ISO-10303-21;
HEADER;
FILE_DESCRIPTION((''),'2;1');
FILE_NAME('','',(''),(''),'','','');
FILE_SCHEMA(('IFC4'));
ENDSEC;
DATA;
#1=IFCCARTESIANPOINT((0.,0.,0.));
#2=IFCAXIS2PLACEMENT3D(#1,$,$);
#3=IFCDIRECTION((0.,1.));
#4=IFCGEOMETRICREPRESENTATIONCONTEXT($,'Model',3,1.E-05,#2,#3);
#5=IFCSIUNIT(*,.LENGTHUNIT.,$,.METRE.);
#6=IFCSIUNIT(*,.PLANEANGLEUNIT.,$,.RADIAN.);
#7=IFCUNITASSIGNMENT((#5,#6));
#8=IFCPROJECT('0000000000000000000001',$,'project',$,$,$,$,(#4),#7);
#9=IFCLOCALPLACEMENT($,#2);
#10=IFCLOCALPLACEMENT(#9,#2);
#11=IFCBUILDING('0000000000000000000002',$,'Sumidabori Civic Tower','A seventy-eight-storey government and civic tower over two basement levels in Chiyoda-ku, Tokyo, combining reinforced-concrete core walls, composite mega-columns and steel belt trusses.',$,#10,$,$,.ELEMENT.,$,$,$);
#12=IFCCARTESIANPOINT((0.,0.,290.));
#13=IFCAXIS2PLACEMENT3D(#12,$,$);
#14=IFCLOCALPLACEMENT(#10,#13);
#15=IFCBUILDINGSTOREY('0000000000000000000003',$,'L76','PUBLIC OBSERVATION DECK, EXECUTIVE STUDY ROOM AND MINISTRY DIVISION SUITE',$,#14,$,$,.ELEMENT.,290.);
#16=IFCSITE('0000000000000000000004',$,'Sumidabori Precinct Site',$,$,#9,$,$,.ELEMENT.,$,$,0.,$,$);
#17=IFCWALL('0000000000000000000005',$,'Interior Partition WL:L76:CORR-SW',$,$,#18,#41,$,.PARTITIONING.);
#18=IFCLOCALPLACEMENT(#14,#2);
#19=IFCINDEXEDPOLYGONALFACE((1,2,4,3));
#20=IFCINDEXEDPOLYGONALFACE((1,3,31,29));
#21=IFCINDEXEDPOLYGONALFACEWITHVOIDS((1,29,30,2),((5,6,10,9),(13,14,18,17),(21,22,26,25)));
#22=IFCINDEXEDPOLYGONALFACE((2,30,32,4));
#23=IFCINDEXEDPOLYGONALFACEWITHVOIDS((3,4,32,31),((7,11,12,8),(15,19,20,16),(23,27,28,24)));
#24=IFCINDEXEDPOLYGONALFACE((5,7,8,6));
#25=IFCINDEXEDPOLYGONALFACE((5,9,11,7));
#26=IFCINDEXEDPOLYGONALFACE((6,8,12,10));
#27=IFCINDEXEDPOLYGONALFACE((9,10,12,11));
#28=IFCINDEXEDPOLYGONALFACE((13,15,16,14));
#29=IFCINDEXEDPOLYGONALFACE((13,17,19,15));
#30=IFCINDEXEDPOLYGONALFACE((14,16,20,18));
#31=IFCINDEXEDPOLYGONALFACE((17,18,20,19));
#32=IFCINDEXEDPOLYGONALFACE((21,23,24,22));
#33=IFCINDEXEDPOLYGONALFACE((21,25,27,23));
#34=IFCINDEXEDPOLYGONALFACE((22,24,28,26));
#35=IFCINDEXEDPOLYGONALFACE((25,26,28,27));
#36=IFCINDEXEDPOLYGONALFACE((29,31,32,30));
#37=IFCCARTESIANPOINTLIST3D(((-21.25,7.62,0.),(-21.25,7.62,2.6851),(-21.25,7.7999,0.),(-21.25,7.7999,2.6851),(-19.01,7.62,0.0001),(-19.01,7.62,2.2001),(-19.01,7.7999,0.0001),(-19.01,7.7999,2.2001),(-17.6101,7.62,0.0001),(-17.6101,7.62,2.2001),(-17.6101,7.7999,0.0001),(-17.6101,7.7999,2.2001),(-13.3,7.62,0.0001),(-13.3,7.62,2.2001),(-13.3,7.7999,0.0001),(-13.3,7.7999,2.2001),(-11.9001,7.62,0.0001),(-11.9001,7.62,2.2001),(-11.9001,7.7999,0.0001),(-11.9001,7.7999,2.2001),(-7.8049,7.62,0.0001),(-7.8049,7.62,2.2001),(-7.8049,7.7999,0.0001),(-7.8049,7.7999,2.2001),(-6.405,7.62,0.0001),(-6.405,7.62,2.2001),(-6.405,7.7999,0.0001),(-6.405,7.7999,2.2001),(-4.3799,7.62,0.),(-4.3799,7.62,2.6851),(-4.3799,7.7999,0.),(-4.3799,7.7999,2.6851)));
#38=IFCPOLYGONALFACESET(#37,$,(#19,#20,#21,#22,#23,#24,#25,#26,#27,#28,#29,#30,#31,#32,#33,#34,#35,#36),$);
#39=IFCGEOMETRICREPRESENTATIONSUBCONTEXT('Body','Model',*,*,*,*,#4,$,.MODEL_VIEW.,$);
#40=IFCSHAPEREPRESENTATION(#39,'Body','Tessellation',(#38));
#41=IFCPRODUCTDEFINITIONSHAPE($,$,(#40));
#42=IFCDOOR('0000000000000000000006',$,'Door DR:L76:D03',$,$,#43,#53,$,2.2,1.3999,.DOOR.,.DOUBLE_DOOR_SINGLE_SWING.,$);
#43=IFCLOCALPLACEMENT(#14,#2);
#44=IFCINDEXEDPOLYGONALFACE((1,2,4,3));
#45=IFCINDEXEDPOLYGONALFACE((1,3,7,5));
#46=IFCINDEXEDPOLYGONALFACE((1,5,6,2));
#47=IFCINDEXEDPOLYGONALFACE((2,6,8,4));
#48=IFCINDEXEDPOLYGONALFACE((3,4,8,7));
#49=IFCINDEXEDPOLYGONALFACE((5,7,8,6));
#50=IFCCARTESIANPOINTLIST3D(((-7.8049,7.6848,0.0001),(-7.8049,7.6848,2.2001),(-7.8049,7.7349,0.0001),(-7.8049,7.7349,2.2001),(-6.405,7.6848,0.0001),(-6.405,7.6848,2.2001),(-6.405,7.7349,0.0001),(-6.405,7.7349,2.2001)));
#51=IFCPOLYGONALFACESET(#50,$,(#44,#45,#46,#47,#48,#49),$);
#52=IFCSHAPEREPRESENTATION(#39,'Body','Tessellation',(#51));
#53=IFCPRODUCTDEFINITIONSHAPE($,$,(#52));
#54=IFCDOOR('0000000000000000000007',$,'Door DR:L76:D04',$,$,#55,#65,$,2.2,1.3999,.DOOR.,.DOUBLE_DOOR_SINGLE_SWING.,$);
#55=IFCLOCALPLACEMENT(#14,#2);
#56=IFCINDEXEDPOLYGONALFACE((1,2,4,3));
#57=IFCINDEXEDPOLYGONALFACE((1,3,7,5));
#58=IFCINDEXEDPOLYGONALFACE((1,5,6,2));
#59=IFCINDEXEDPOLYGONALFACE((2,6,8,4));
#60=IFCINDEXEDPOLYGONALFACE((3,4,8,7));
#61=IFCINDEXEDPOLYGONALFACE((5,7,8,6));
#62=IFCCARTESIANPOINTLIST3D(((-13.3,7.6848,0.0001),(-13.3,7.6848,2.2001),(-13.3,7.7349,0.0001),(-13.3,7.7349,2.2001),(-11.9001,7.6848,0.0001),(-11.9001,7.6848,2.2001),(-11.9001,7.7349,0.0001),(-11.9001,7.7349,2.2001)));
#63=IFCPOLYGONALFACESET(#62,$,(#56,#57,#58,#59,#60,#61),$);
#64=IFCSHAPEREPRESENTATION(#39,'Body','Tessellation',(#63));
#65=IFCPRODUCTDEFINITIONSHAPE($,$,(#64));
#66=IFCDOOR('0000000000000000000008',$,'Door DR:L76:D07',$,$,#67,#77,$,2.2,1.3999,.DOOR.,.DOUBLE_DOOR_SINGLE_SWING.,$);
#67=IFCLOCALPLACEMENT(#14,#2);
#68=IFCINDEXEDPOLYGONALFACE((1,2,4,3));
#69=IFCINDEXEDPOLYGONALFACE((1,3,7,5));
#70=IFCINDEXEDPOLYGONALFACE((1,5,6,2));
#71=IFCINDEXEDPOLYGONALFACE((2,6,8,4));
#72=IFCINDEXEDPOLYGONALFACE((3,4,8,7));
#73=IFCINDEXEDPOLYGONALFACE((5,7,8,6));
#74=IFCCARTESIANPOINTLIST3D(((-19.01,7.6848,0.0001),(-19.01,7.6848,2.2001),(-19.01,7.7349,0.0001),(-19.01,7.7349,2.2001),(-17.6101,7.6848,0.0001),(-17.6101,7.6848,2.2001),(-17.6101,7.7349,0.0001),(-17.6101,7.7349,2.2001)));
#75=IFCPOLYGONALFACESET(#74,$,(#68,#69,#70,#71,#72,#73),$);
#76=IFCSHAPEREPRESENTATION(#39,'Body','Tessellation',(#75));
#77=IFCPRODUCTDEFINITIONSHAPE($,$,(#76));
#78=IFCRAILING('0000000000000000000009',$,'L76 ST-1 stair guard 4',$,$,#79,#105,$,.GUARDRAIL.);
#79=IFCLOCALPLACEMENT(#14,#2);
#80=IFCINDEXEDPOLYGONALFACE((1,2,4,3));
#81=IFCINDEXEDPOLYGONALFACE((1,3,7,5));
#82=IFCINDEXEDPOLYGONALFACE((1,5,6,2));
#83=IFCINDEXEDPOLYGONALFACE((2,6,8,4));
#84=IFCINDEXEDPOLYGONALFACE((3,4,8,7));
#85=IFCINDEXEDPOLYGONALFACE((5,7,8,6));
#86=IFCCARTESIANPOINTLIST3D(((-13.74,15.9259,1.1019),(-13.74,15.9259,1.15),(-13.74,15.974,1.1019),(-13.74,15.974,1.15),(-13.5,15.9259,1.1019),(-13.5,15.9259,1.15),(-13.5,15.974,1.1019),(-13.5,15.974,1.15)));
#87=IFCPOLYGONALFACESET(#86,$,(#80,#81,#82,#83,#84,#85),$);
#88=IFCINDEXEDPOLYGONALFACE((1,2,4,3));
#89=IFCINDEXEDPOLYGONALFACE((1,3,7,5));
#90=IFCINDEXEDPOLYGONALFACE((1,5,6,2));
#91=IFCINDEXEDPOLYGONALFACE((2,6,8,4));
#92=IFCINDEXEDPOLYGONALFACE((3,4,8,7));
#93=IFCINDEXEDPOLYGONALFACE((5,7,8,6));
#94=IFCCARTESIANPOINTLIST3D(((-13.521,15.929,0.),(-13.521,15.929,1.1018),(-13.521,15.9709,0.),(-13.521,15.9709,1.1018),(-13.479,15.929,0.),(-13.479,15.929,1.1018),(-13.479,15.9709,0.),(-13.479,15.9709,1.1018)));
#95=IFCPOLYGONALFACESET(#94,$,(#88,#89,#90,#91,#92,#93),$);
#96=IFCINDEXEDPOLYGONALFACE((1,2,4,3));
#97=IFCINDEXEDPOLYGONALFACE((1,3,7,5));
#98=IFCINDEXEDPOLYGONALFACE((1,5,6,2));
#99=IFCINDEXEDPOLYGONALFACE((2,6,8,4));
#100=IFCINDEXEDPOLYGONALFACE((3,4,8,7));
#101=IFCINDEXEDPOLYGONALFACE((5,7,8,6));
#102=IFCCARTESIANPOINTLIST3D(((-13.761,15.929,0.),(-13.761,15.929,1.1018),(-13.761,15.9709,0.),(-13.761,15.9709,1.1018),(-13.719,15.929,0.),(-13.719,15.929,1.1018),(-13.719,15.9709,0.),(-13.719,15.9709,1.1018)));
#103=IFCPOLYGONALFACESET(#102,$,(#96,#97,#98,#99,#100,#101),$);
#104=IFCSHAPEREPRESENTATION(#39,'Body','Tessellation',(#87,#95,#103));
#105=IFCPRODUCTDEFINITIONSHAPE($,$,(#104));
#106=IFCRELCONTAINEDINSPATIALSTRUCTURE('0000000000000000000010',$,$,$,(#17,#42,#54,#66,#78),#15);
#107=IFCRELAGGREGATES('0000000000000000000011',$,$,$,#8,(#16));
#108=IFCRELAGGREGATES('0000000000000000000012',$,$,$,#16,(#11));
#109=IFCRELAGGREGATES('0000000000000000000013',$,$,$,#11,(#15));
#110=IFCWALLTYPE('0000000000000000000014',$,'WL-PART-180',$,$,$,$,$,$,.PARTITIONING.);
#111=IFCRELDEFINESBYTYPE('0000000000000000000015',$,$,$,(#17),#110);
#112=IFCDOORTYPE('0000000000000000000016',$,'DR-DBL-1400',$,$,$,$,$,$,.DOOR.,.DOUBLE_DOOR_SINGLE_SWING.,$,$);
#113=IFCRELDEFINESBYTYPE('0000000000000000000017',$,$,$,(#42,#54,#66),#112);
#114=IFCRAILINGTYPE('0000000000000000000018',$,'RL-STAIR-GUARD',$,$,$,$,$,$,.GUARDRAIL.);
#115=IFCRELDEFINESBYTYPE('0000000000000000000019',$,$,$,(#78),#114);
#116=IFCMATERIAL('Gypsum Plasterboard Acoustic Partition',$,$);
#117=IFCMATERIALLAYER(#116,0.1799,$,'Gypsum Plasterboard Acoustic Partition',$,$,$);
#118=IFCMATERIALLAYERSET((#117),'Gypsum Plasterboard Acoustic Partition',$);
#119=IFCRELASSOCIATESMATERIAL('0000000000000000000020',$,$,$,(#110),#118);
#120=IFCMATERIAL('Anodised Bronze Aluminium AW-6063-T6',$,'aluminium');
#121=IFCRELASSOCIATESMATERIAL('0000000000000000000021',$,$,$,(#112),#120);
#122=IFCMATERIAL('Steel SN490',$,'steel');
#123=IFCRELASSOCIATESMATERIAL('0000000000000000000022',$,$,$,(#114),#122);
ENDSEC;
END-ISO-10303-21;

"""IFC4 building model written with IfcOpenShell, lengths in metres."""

from ifc_helpers import new_model, si_unit, direction, frame, frame_2d, origin, origin_2d, place, context, subcontext, project, spatial, rectangle, extrude, source, transform, mapped, material, layer, layer_set, type_object, element, fill, save


model = new_model("IFC4")

# Units and contexts
model_context = context("Model", 3, precision=1e-05, world=origin(), true_north=direction((0.0, 1.0)))
body_context = subcontext(model_context, "Body", "Model", "MODEL_VIEW")
ifc_project = project(units=[si_unit("LENGTHUNIT", "METRE"), si_unit("PLANEANGLEUNIT", "RADIAN")], contexts=[model_context])

# Site, building, storey
site_placement = place(None, origin())
site = spatial("IfcSite", under=ifc_project, at=site_placement, Name="Sumidabori Precinct Site", CompositionType="ELEMENT", RefElevation=0.0)
building_placement = place(site_placement, origin())
building = spatial("IfcBuilding", under=site, at=building_placement, Name="Sumidabori Civic Tower", Description="A seventy-eight-storey government and civic tower over two basement levels in Chiyoda-ku, Tokyo, combining reinforced-concrete core walls, composite mega-columns and steel belt trusses.", CompositionType="ELEMENT")
storey_placement = place(building_placement, frame((0.0, 0.0, 290.0)))
storey = spatial("IfcBuildingStorey", under=building, at=storey_placement, Name="L76", Description="PUBLIC OBSERVATION DECK, EXECUTIVE STUDY ROOM AND MINISTRY DIVISION SUITE", CompositionType="ELEMENT", Elevation=290.0)

# Shared definitions
ifc_material_1 = material(Name="Steel SN490", Category="steel")

# Shared definitions
ifc_material_2 = material(Name="Anodised Bronze Aluminium AW-6063-T6", Category="aluminium")

# Shared definitions
ifc_material_3 = material(Name="Gypsum Plasterboard Acoustic Partition")
ifc_layer_1 = layer(ifc_material_3, 0.1799, Name="Gypsum Plasterboard Acoustic Partition")
ifc_layer_set_1 = layer_set([ifc_layer_1], Name="Gypsum Plasterboard Acoustic Partition")
wall_type_1 = type_object("IfcWallType", Name="WL-PART-180", PredefinedType="PARTITIONING", material=ifc_layer_set_1)

# Wall, openings, doors
shared_shape_1 = source(origin(), body_context, "Body", "SweptSolid", [
    extrude(rectangle(XDim=16.8701, YDim=0.1799, at=frame_2d((8.4351, 0.0))), origin(), (0.0, 0.0, 1.0), 2.6851),
])
wall_1_placement = place(storey_placement, frame((-21.25, 7.71, 0.0), z_axis=(0.0, 0.0, 1.0), x_axis=(1.0, 0.0, 0.0)))
wall_1 = element("IfcWall", 1, at=wall_1_placement, inside=storey, type_object=wall_type_1, Name="Interior Partition WL:L76:CORR-SW", PredefinedType="PARTITIONING", context=body_context, shape_type="MappedRepresentation", body=[
    mapped(shared_shape_1, transform((0.0, 0.0, 0.0), x_axis=(1.0, 0.0, 0.0), y_axis=(0.0, 1.0, 0.0), z_axis=(0.0, 0.0, 1.0), scale=1.0)),
])
opening_1_placement = place(wall_1_placement, frame((13.4451, 0.0, 0.0)))
opening_1 = element("IfcOpeningElement", 2, at=opening_1_placement, cuts=wall_1, PredefinedType="OPENING", context=body_context, shape_type="SweptSolid", body=[
    extrude(rectangle(XDim=1.3999, YDim=2.2, at=frame_2d((0.7, 1.1001))), frame((0.0, 0.1021, 0.0), z_axis=(0.0, -1.0, 0.0), x_axis=(1.0, 0.0, 0.0)), (0.0, 0.0, 1.0), 0.2039),
])
opening_2_placement = place(wall_1_placement, frame((7.95, 0.0, 0.0)))
opening_2 = element("IfcOpeningElement", 3, at=opening_2_placement, cuts=wall_1, PredefinedType="OPENING", context=body_context, shape_type="SweptSolid", body=[
    extrude(rectangle(XDim=1.3999, YDim=2.2, at=frame_2d((0.7, 1.1001))), frame((0.0, 0.1021, 0.0), z_axis=(0.0, -1.0, 0.0), x_axis=(1.0, 0.0, 0.0)), (0.0, 0.0, 1.0), 0.2039),
])
opening_3_placement = place(wall_1_placement, frame((2.24, 0.0, 0.0)))
opening_3 = element("IfcOpeningElement", 4, at=opening_3_placement, cuts=wall_1, PredefinedType="OPENING", context=body_context, shape_type="SweptSolid", body=[
    extrude(rectangle(XDim=1.3999, YDim=2.2, at=frame_2d((0.7, 1.1001))), frame((0.0, 0.1021, 0.0), z_axis=(0.0, -1.0, 0.0), x_axis=(1.0, 0.0, 0.0)), (0.0, 0.0, 1.0), 0.2039),
])
door_type_1 = type_object("IfcDoorType", Name="DR-DBL-1400", OperationType="DOUBLE_DOOR_SINGLE_SWING", PredefinedType="DOOR", material=ifc_material_2)
shared_shape_2 = source(origin(), body_context, "Body", "SweptSolid", [
    extrude(rectangle(XDim=1.3999, YDim=2.2, at=frame_2d((0.7, 1.1001))), frame((0.0, 0.0249, 0.0), z_axis=(0.0, -1.0, 0.0), x_axis=(1.0, 0.0, 0.0)), (0.0, 0.0, 1.0), 0.05),
])
door_1_placement = place(opening_1_placement, origin())
door_1 = element("IfcDoor", 5, at=door_1_placement, inside=storey, type_object=door_type_1, Name="Door DR:L76:D03", OperationType="DOUBLE_DOOR_SINGLE_SWING", OverallHeight=2.2, OverallWidth=1.3999, PredefinedType="DOOR", context=body_context, shape_type="MappedRepresentation", body=[
    mapped(shared_shape_2, transform((0.0, 0.0, 0.0), x_axis=(1.0, 0.0, 0.0), y_axis=(0.0, 1.0, 0.0), z_axis=(0.0, 0.0, 1.0), scale=1.0)),
])
fill(opening_1, door_1)
door_2_placement = place(opening_2_placement, origin())
door_2 = element("IfcDoor", 6, at=door_2_placement, inside=storey, type_object=door_type_1, Name="Door DR:L76:D04", OperationType="DOUBLE_DOOR_SINGLE_SWING", OverallHeight=2.2, OverallWidth=1.3999, PredefinedType="DOOR", context=body_context, shape_type="MappedRepresentation", body=[
    mapped(shared_shape_2, transform((0.0, 0.0, 0.0), x_axis=(1.0, 0.0, 0.0), y_axis=(0.0, 1.0, 0.0), z_axis=(0.0, 0.0, 1.0), scale=1.0)),
])
fill(opening_2, door_2)
door_3_placement = place(opening_3_placement, origin())
door_3 = element("IfcDoor", 7, at=door_3_placement, inside=storey, type_object=door_type_1, Name="Door DR:L76:D07", OperationType="DOUBLE_DOOR_SINGLE_SWING", OverallHeight=2.2, OverallWidth=1.3999, PredefinedType="DOOR", context=body_context, shape_type="MappedRepresentation", body=[
    mapped(shared_shape_2, transform((0.0, 0.0, 0.0), x_axis=(1.0, 0.0, 0.0), y_axis=(0.0, 1.0, 0.0), z_axis=(0.0, 0.0, 1.0), scale=1.0)),
])
fill(opening_3, door_3)

# Railing
railing_type = type_object("IfcRailingType", Name="RL-STAIR-GUARD", PredefinedType="GUARDRAIL", material=ifc_material_1)
railing_placement = place(storey_placement, frame((-13.5, 15.95, 0.0)))
element("IfcRailing", 8, at=railing_placement, inside=storey, type_object=railing_type, Name="L76 ST-1 stair guard 4", PredefinedType="GUARDRAIL", context=body_context, shape_type="SweptSolid", body=[
    extrude(rectangle(XDim=0.0481, YDim=0.0481, at=origin_2d()), frame((0.0, 0.0, 1.126), z_axis=(-1.0, 0.0, 0.0), x_axis=(0.0, -1.0, 0.0)), (0.0, 0.0, 1.0), 0.24),
    extrude(rectangle(XDim=0.042, YDim=0.042, at=origin_2d()), origin(), (0.0, 0.0, 1.0), 1.1018),
    extrude(rectangle(XDim=0.042, YDim=0.042, at=origin_2d()), frame((-0.24, 0.0, 0.0)), (0.0, 0.0, 1.0), 1.1018),
])

save(model, "model.ifc")
